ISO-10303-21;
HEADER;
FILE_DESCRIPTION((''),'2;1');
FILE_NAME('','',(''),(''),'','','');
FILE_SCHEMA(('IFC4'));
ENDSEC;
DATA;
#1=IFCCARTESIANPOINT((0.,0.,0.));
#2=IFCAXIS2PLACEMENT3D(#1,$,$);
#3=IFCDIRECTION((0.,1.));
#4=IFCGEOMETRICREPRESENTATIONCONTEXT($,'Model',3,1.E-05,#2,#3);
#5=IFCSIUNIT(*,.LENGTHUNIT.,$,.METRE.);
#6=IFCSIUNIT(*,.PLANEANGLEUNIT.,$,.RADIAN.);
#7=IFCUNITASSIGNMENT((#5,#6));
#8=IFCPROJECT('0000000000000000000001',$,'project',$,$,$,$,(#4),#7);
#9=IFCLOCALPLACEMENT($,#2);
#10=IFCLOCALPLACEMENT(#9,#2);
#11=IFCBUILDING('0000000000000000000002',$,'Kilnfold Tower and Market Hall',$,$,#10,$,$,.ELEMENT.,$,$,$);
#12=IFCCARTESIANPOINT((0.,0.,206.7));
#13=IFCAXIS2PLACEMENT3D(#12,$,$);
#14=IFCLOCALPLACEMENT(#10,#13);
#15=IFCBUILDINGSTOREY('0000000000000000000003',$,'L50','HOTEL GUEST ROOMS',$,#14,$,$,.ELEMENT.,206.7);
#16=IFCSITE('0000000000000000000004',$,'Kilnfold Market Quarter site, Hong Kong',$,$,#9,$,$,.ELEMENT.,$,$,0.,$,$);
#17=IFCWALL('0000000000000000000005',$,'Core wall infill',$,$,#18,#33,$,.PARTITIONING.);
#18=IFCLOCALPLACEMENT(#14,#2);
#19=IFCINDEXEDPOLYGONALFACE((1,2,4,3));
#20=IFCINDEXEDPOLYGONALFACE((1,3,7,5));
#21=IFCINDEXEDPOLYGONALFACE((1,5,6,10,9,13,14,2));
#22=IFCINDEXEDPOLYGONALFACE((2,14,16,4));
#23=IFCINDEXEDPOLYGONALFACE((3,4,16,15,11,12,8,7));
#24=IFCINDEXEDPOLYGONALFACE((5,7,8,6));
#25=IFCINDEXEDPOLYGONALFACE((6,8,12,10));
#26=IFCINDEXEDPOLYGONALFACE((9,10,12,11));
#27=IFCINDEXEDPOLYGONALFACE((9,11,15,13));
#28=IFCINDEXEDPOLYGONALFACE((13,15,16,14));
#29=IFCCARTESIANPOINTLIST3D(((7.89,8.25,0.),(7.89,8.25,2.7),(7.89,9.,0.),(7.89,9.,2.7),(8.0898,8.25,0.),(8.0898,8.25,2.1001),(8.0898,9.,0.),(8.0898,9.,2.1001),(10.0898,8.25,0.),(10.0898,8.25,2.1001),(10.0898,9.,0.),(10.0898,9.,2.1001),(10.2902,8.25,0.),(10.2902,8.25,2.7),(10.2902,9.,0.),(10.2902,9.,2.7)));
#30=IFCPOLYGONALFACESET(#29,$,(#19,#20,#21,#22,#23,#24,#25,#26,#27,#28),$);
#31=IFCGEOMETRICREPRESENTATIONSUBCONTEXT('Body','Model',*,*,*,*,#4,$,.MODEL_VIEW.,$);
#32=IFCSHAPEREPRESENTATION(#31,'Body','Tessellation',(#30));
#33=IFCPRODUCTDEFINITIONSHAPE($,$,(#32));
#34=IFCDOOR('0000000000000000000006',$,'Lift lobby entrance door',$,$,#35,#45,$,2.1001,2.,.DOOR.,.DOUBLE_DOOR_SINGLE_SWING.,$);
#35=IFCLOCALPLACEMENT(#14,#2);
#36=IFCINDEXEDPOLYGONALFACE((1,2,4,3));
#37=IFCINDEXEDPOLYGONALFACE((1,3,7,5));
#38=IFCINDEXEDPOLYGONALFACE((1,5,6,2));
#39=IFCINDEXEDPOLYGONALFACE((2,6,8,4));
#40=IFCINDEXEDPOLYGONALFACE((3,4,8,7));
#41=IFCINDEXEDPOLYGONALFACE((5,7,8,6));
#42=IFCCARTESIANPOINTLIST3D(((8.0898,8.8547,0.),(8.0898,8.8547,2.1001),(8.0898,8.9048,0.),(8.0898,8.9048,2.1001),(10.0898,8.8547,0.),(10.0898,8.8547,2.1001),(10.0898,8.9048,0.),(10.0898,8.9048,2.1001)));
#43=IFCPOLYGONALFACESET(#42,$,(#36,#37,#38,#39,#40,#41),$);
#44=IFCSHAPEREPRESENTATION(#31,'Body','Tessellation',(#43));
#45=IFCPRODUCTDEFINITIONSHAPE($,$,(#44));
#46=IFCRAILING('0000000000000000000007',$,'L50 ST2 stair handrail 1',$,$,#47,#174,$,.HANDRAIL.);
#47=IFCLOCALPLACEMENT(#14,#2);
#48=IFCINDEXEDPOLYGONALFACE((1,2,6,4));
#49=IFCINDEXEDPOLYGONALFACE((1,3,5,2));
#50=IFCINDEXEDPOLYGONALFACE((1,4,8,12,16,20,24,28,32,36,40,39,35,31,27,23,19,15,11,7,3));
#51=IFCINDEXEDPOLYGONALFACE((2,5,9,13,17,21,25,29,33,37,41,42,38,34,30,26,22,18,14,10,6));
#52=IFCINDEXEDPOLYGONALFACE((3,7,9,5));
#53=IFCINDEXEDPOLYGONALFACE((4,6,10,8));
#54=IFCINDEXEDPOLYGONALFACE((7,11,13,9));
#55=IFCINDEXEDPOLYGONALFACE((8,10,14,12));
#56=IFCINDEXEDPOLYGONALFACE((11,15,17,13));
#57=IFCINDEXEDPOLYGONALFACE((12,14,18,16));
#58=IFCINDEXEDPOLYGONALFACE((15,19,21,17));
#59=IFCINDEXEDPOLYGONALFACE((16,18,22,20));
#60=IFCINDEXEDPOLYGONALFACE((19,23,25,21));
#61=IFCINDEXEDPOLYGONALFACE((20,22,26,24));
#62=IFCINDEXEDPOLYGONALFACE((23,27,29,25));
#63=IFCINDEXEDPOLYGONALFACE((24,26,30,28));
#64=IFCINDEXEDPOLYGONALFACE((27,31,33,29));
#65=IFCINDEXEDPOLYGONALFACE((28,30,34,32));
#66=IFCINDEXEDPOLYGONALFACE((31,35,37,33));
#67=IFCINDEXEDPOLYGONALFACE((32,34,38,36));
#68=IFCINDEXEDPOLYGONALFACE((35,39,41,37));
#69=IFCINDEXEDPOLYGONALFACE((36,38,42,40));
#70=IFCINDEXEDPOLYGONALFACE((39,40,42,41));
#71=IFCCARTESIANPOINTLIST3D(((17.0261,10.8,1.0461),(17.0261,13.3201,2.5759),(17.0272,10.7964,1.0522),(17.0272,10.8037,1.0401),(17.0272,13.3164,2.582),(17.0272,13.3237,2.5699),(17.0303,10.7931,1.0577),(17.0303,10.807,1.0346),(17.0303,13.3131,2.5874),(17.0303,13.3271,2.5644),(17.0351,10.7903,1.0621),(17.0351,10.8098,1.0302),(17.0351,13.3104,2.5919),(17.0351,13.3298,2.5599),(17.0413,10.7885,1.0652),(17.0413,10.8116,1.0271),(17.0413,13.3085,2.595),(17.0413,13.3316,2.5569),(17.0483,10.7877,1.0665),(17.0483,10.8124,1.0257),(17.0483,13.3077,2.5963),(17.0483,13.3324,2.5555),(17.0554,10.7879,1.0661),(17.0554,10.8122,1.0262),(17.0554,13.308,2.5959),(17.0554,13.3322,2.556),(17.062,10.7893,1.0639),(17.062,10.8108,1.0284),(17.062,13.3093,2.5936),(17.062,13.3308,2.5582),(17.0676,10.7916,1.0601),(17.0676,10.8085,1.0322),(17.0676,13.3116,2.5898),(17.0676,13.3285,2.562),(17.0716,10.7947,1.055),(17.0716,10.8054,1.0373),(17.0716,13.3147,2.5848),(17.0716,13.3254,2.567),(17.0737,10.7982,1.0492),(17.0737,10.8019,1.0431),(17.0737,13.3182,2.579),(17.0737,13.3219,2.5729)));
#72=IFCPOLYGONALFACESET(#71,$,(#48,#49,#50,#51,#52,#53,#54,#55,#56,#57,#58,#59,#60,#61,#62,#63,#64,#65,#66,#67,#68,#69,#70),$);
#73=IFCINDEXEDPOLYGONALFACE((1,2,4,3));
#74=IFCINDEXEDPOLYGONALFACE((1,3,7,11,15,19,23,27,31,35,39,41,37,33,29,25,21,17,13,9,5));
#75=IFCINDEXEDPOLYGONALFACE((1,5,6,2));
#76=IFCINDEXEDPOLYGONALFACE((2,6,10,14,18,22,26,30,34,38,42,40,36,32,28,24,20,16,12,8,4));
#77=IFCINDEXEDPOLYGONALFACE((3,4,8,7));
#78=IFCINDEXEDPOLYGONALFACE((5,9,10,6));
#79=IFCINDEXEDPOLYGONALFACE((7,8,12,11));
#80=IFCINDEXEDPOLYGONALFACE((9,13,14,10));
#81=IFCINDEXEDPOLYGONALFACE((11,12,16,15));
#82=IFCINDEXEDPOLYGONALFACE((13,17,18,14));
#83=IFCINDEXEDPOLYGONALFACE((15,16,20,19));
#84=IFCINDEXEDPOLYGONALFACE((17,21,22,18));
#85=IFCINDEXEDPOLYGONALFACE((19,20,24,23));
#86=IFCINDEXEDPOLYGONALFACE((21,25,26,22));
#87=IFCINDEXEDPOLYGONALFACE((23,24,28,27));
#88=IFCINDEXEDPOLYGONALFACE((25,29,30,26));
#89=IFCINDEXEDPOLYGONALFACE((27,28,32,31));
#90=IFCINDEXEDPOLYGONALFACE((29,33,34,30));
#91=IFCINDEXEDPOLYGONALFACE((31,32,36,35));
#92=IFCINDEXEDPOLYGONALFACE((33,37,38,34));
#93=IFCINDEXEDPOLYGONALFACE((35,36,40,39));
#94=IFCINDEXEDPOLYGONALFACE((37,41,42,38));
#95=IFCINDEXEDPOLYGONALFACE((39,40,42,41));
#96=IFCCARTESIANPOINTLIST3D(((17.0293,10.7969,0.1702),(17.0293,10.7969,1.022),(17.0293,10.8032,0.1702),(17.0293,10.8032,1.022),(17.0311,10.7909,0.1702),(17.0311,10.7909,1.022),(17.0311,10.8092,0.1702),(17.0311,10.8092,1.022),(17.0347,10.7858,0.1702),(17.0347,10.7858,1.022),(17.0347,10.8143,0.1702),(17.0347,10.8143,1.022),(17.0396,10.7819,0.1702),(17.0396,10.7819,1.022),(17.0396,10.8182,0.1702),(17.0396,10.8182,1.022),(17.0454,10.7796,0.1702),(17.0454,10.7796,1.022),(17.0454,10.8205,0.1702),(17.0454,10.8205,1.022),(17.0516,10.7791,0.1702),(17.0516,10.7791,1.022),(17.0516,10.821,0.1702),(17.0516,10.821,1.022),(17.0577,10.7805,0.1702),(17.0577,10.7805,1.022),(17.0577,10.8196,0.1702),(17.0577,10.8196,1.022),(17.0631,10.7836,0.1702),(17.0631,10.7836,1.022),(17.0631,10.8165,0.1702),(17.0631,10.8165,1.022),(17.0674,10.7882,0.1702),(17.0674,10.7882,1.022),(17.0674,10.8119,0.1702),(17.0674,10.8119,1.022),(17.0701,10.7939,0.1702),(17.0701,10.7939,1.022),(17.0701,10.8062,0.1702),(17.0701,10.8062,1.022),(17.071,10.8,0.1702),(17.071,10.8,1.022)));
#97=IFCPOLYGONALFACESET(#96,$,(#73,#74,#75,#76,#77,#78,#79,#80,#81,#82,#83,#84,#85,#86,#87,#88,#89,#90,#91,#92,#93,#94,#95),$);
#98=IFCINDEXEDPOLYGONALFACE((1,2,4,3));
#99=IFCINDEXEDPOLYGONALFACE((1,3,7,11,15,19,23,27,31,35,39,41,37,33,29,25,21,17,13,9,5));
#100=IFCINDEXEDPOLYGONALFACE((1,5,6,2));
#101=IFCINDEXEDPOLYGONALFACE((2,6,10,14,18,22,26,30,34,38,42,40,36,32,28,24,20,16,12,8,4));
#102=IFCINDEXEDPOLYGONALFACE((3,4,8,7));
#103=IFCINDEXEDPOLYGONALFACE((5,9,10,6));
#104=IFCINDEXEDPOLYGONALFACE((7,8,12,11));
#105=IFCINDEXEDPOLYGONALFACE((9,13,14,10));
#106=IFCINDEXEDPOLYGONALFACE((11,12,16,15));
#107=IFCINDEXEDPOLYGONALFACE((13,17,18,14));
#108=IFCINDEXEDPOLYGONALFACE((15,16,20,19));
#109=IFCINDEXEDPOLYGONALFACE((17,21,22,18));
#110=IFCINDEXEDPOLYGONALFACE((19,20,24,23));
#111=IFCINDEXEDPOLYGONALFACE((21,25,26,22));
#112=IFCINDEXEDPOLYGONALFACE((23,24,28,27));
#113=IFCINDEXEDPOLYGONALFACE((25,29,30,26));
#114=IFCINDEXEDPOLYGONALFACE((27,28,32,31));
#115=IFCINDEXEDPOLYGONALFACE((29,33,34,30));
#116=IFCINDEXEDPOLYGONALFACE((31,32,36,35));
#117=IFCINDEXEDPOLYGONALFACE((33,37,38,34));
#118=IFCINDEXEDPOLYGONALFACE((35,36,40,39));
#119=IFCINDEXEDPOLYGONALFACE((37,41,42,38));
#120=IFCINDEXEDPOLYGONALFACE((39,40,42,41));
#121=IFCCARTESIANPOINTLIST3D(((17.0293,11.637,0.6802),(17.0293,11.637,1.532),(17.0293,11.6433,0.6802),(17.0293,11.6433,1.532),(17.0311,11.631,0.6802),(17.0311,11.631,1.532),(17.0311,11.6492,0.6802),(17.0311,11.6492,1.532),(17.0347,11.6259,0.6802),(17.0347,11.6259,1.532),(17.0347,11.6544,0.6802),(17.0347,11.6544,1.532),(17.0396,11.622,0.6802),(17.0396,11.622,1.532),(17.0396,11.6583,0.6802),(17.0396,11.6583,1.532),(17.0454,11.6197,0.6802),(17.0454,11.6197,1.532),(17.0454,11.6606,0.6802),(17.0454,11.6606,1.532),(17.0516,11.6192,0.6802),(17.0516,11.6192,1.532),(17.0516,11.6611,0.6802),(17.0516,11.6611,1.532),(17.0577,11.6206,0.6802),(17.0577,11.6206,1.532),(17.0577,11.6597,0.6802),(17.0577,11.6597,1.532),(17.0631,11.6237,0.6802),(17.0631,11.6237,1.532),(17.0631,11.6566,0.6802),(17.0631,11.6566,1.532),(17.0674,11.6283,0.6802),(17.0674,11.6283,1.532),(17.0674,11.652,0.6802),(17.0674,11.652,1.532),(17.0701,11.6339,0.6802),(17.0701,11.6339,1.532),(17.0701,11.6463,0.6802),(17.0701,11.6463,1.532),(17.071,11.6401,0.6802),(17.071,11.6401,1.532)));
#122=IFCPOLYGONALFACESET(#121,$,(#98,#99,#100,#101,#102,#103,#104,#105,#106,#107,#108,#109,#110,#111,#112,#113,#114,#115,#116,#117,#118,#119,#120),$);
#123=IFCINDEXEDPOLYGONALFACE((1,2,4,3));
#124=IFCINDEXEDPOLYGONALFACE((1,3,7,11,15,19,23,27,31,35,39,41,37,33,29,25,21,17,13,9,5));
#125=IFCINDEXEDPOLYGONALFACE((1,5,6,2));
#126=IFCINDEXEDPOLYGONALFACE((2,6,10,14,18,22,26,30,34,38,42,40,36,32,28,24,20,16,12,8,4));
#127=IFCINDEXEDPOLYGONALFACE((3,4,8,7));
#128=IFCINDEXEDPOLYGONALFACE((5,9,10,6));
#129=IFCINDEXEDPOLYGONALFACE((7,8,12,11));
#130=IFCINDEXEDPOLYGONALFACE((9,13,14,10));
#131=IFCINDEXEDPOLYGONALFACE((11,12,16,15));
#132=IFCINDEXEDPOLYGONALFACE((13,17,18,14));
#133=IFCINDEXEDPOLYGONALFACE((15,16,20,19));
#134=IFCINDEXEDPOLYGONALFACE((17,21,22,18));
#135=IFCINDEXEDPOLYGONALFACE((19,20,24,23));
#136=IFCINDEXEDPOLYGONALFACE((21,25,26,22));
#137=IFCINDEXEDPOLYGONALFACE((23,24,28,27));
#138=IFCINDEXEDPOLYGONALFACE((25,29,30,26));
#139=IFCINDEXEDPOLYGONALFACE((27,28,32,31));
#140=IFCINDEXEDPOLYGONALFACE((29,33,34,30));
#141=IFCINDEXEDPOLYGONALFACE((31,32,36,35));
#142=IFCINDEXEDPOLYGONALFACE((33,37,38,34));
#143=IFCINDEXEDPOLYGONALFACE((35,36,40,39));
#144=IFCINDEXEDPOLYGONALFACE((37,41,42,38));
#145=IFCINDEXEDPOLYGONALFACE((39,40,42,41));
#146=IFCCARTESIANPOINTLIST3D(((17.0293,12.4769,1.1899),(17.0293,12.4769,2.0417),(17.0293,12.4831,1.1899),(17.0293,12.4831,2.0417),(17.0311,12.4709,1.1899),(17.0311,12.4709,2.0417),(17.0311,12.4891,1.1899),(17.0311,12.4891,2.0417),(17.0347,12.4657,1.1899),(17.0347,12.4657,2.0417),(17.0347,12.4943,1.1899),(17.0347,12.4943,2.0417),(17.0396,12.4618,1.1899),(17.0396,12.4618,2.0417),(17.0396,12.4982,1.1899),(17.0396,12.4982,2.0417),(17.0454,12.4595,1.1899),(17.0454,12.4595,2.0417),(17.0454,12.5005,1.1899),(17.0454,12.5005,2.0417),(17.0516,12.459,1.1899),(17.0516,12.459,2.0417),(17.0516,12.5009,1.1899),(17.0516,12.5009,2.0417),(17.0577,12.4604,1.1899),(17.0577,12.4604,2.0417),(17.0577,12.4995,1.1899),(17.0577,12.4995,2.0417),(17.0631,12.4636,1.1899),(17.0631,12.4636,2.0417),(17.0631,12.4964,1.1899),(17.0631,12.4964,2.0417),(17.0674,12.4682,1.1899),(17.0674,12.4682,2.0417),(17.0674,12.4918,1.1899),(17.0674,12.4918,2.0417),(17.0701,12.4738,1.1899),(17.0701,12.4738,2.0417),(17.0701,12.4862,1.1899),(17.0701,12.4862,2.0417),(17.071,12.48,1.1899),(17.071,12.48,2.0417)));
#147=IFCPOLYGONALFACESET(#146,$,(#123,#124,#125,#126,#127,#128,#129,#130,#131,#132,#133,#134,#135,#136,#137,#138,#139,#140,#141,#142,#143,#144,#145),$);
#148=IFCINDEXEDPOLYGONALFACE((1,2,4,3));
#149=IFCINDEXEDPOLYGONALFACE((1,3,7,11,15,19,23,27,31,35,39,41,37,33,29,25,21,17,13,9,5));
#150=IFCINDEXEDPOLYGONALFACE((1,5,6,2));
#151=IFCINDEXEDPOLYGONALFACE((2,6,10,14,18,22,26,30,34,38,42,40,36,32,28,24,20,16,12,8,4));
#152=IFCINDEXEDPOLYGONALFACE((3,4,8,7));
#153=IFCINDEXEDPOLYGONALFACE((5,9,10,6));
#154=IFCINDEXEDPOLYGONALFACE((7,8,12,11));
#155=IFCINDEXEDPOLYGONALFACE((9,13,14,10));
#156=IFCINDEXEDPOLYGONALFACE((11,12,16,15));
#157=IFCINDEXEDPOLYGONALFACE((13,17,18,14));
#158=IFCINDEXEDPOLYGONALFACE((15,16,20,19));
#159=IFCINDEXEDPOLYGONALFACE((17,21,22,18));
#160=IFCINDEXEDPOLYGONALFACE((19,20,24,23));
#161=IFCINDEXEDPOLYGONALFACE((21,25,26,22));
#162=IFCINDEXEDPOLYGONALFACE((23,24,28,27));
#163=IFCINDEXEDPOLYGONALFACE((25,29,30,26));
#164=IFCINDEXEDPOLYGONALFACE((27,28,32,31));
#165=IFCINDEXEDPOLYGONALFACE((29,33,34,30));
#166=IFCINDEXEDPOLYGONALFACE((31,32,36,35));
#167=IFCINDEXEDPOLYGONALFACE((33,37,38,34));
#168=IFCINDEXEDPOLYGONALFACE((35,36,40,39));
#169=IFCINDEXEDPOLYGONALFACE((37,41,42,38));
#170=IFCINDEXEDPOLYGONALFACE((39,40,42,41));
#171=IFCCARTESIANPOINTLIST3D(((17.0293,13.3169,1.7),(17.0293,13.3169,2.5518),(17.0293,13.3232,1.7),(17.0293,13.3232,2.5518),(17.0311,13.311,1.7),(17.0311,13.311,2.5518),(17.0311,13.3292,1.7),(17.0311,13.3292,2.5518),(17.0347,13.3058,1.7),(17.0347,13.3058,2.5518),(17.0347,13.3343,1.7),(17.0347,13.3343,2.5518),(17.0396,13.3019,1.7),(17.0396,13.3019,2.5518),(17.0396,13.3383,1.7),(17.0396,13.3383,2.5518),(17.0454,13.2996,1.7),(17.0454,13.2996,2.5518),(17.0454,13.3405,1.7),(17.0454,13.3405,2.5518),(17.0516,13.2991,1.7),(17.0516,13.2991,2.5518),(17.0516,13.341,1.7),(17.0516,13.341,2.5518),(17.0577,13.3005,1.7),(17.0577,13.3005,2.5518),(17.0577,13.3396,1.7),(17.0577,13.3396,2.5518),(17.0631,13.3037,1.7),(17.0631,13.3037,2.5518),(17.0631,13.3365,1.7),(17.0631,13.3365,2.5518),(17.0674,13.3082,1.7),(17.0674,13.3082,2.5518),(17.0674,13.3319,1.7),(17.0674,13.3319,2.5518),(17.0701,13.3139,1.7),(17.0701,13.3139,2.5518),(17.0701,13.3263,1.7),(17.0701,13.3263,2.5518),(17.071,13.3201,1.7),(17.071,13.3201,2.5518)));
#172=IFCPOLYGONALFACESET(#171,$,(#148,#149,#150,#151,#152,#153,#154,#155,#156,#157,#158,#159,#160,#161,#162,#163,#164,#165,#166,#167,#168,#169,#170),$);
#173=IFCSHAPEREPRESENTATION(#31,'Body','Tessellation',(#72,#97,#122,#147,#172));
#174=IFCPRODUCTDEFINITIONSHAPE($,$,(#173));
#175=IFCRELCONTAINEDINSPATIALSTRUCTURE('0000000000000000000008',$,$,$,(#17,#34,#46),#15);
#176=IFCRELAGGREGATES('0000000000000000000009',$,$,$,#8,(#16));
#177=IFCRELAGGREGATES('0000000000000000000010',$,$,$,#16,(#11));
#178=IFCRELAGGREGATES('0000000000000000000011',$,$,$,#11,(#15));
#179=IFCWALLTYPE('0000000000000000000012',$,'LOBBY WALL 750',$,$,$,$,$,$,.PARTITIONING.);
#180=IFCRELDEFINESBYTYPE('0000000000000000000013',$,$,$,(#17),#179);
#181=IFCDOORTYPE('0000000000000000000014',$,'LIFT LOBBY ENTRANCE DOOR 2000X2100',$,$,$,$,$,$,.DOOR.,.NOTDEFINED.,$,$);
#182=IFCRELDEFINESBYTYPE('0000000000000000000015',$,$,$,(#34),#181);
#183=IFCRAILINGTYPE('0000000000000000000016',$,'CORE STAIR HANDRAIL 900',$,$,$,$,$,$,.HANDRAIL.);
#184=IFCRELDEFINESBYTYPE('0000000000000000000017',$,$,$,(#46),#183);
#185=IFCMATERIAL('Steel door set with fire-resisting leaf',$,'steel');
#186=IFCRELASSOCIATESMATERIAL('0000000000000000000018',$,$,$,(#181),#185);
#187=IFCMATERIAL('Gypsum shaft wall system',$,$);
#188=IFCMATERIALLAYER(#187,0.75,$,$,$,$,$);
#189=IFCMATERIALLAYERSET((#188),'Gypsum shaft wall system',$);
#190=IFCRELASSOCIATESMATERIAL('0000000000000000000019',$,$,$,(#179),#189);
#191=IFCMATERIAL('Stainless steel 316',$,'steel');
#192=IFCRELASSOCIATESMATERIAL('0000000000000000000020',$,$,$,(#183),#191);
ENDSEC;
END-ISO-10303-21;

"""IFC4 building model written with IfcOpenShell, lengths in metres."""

from ifc_helpers import new_model, si_unit, direction, frame, frame_2d, origin, origin_2d, place, context, subcontext, project, spatial, rectangle, circle, extrude, source, transform, mapped, material, layer, layer_set, type_object, element, fill, save


model = new_model("IFC4")

# Units and contexts
model_context = context("Model", 3, precision=1e-05, world=origin(), true_north=direction((0.0, 1.0)))
body_context = subcontext(model_context, "Body", "Model", "MODEL_VIEW")
ifc_project = project(units=[si_unit("LENGTHUNIT", "METRE"), si_unit("PLANEANGLEUNIT", "RADIAN")], contexts=[model_context])

# Site, building, storey
site_placement = place(None, origin())
site = spatial("IfcSite", under=ifc_project, at=site_placement, Name="Kilnfold Market Quarter site, Hong Kong", CompositionType="ELEMENT", RefElevation=0.0)
building_placement = place(site_placement, origin())
building = spatial("IfcBuilding", under=site, at=building_placement, Name="Kilnfold Tower and Market Hall", CompositionType="ELEMENT")
storey_placement = place(building_placement, frame((0.0, 0.0, 206.7)))
storey = spatial("IfcBuildingStorey", under=building, at=storey_placement, Name="L50", Description="HOTEL GUEST ROOMS", CompositionType="ELEMENT", Elevation=206.7)

# Shared definitions
ifc_material_1 = material(Name="Steel door set with fire-resisting leaf", Category="steel")
door_type_1 = type_object("IfcDoorType", Name="LIFT LOBBY ENTRANCE DOOR 2000X2100", OperationType="NOTDEFINED", PredefinedType="DOOR", material=ifc_material_1)

# Wall, opening, door
ifc_material_2 = material(Name="Gypsum shaft wall system")
ifc_layer_1 = layer(ifc_material_2, 0.75)
ifc_layer_set_1 = layer_set([ifc_layer_1], Name="Gypsum shaft wall system")
wall_type_1 = type_object("IfcWallType", Name="LOBBY WALL 750", PredefinedType="PARTITIONING", material=ifc_layer_set_1)
shared_shape_1 = source(origin(), body_context, "Body", "SweptSolid", [
    extrude(rectangle(XDim=2.4001, YDim=0.75, at=frame_2d((1.2002, 0.0))), origin(), (0.0, 0.0, 1.0), 2.7),
])
wall_1_placement = place(storey_placement, frame((7.8899, 8.625, 0.0), z_axis=(0.0, 0.0, 1.0), x_axis=(1.0, 0.0, 0.0)))
wall_1 = element("IfcWall", 1, at=wall_1_placement, inside=storey, type_object=wall_type_1, Name="Core wall infill", PredefinedType="PARTITIONING", context=body_context, shape_type="MappedRepresentation", body=[
    mapped(shared_shape_1, transform((0.0, 0.0, 0.0))),
])
opening_1_placement = place(wall_1_placement, frame((0.2, 0.0, 0.0)))
opening_1 = element("IfcOpeningElement", 2, at=opening_1_placement, cuts=wall_1, PredefinedType="OPENING", context=body_context, shape_type="SweptSolid", body=[
    extrude(rectangle(XDim=2.0, YDim=2.1001, at=frame_2d((1.0, 1.05))), frame((0.0, 0.385, 0.0), z_axis=(0.0, -1.0, 0.0), x_axis=(1.0, 0.0, 0.0)), (0.0, 0.0, 1.0), 0.77),
])
door_1_placement = place(opening_1_placement, origin())
door_1 = element("IfcDoor", 3, at=door_1_placement, inside=storey, type_object=door_type_1, Name="Lift lobby entrance door", OperationType="DOUBLE_DOOR_SINGLE_SWING", OverallHeight=2.1001, OverallWidth=2.0, PredefinedType="DOOR", context=body_context, shape_type="SweptSolid", body=[
    extrude(rectangle(XDim=2.0, YDim=2.1001, at=frame_2d((1.0, 1.05))), frame((0.0, 0.2798, 0.0), z_axis=(0.0, -1.0, 0.0), x_axis=(1.0, 0.0, 0.0)), (0.0, 0.0, 1.0), 0.05),
])
fill(opening_1, door_1)

# Railing
ifc_material_3 = material(Name="Stainless steel 316", Category="steel")
railing_type_1 = type_object("IfcRailingType", Name="CORE STAIR HANDRAIL 900", PredefinedType="HANDRAIL", material=ifc_material_3)
railing_1_placement = place(storey_placement, frame((17.05, 10.8, 0.1702)))
element("IfcRailing", 4, at=railing_1_placement, inside=storey, type_object=railing_type_1, Name="L50 ST2 stair handrail 1", PredefinedType="HANDRAIL", context=body_context, shape_type="SweptSolid", body=[
    extrude(circle(Radius=0.0239, at=origin_2d()), frame((0.0, 0.0, 0.876), z_axis=(0.0, 0.854822, 0.518922), x_axis=(-1.0, 0.0, 0.0)), (0.0, 0.0, 1.0), 2.948),
    extrude(circle(Radius=0.021, at=origin_2d()), origin(), (0.0, 0.0, 1.0), 0.8518),
    extrude(circle(Radius=0.021, at=origin_2d()), frame((0.0, 0.8401, 0.51)), (0.0, 0.0, 1.0), 0.8518),
    extrude(circle(Radius=0.021, at=origin_2d()), frame((0.0, 1.6799, 1.0198)), (0.0, 0.0, 1.0), 0.8518),
    extrude(circle(Radius=0.021, at=origin_2d()), frame((0.0, 2.52, 1.5298)), (0.0, 0.0, 1.0), 0.8518),
])

save(model, "model.ifc")
